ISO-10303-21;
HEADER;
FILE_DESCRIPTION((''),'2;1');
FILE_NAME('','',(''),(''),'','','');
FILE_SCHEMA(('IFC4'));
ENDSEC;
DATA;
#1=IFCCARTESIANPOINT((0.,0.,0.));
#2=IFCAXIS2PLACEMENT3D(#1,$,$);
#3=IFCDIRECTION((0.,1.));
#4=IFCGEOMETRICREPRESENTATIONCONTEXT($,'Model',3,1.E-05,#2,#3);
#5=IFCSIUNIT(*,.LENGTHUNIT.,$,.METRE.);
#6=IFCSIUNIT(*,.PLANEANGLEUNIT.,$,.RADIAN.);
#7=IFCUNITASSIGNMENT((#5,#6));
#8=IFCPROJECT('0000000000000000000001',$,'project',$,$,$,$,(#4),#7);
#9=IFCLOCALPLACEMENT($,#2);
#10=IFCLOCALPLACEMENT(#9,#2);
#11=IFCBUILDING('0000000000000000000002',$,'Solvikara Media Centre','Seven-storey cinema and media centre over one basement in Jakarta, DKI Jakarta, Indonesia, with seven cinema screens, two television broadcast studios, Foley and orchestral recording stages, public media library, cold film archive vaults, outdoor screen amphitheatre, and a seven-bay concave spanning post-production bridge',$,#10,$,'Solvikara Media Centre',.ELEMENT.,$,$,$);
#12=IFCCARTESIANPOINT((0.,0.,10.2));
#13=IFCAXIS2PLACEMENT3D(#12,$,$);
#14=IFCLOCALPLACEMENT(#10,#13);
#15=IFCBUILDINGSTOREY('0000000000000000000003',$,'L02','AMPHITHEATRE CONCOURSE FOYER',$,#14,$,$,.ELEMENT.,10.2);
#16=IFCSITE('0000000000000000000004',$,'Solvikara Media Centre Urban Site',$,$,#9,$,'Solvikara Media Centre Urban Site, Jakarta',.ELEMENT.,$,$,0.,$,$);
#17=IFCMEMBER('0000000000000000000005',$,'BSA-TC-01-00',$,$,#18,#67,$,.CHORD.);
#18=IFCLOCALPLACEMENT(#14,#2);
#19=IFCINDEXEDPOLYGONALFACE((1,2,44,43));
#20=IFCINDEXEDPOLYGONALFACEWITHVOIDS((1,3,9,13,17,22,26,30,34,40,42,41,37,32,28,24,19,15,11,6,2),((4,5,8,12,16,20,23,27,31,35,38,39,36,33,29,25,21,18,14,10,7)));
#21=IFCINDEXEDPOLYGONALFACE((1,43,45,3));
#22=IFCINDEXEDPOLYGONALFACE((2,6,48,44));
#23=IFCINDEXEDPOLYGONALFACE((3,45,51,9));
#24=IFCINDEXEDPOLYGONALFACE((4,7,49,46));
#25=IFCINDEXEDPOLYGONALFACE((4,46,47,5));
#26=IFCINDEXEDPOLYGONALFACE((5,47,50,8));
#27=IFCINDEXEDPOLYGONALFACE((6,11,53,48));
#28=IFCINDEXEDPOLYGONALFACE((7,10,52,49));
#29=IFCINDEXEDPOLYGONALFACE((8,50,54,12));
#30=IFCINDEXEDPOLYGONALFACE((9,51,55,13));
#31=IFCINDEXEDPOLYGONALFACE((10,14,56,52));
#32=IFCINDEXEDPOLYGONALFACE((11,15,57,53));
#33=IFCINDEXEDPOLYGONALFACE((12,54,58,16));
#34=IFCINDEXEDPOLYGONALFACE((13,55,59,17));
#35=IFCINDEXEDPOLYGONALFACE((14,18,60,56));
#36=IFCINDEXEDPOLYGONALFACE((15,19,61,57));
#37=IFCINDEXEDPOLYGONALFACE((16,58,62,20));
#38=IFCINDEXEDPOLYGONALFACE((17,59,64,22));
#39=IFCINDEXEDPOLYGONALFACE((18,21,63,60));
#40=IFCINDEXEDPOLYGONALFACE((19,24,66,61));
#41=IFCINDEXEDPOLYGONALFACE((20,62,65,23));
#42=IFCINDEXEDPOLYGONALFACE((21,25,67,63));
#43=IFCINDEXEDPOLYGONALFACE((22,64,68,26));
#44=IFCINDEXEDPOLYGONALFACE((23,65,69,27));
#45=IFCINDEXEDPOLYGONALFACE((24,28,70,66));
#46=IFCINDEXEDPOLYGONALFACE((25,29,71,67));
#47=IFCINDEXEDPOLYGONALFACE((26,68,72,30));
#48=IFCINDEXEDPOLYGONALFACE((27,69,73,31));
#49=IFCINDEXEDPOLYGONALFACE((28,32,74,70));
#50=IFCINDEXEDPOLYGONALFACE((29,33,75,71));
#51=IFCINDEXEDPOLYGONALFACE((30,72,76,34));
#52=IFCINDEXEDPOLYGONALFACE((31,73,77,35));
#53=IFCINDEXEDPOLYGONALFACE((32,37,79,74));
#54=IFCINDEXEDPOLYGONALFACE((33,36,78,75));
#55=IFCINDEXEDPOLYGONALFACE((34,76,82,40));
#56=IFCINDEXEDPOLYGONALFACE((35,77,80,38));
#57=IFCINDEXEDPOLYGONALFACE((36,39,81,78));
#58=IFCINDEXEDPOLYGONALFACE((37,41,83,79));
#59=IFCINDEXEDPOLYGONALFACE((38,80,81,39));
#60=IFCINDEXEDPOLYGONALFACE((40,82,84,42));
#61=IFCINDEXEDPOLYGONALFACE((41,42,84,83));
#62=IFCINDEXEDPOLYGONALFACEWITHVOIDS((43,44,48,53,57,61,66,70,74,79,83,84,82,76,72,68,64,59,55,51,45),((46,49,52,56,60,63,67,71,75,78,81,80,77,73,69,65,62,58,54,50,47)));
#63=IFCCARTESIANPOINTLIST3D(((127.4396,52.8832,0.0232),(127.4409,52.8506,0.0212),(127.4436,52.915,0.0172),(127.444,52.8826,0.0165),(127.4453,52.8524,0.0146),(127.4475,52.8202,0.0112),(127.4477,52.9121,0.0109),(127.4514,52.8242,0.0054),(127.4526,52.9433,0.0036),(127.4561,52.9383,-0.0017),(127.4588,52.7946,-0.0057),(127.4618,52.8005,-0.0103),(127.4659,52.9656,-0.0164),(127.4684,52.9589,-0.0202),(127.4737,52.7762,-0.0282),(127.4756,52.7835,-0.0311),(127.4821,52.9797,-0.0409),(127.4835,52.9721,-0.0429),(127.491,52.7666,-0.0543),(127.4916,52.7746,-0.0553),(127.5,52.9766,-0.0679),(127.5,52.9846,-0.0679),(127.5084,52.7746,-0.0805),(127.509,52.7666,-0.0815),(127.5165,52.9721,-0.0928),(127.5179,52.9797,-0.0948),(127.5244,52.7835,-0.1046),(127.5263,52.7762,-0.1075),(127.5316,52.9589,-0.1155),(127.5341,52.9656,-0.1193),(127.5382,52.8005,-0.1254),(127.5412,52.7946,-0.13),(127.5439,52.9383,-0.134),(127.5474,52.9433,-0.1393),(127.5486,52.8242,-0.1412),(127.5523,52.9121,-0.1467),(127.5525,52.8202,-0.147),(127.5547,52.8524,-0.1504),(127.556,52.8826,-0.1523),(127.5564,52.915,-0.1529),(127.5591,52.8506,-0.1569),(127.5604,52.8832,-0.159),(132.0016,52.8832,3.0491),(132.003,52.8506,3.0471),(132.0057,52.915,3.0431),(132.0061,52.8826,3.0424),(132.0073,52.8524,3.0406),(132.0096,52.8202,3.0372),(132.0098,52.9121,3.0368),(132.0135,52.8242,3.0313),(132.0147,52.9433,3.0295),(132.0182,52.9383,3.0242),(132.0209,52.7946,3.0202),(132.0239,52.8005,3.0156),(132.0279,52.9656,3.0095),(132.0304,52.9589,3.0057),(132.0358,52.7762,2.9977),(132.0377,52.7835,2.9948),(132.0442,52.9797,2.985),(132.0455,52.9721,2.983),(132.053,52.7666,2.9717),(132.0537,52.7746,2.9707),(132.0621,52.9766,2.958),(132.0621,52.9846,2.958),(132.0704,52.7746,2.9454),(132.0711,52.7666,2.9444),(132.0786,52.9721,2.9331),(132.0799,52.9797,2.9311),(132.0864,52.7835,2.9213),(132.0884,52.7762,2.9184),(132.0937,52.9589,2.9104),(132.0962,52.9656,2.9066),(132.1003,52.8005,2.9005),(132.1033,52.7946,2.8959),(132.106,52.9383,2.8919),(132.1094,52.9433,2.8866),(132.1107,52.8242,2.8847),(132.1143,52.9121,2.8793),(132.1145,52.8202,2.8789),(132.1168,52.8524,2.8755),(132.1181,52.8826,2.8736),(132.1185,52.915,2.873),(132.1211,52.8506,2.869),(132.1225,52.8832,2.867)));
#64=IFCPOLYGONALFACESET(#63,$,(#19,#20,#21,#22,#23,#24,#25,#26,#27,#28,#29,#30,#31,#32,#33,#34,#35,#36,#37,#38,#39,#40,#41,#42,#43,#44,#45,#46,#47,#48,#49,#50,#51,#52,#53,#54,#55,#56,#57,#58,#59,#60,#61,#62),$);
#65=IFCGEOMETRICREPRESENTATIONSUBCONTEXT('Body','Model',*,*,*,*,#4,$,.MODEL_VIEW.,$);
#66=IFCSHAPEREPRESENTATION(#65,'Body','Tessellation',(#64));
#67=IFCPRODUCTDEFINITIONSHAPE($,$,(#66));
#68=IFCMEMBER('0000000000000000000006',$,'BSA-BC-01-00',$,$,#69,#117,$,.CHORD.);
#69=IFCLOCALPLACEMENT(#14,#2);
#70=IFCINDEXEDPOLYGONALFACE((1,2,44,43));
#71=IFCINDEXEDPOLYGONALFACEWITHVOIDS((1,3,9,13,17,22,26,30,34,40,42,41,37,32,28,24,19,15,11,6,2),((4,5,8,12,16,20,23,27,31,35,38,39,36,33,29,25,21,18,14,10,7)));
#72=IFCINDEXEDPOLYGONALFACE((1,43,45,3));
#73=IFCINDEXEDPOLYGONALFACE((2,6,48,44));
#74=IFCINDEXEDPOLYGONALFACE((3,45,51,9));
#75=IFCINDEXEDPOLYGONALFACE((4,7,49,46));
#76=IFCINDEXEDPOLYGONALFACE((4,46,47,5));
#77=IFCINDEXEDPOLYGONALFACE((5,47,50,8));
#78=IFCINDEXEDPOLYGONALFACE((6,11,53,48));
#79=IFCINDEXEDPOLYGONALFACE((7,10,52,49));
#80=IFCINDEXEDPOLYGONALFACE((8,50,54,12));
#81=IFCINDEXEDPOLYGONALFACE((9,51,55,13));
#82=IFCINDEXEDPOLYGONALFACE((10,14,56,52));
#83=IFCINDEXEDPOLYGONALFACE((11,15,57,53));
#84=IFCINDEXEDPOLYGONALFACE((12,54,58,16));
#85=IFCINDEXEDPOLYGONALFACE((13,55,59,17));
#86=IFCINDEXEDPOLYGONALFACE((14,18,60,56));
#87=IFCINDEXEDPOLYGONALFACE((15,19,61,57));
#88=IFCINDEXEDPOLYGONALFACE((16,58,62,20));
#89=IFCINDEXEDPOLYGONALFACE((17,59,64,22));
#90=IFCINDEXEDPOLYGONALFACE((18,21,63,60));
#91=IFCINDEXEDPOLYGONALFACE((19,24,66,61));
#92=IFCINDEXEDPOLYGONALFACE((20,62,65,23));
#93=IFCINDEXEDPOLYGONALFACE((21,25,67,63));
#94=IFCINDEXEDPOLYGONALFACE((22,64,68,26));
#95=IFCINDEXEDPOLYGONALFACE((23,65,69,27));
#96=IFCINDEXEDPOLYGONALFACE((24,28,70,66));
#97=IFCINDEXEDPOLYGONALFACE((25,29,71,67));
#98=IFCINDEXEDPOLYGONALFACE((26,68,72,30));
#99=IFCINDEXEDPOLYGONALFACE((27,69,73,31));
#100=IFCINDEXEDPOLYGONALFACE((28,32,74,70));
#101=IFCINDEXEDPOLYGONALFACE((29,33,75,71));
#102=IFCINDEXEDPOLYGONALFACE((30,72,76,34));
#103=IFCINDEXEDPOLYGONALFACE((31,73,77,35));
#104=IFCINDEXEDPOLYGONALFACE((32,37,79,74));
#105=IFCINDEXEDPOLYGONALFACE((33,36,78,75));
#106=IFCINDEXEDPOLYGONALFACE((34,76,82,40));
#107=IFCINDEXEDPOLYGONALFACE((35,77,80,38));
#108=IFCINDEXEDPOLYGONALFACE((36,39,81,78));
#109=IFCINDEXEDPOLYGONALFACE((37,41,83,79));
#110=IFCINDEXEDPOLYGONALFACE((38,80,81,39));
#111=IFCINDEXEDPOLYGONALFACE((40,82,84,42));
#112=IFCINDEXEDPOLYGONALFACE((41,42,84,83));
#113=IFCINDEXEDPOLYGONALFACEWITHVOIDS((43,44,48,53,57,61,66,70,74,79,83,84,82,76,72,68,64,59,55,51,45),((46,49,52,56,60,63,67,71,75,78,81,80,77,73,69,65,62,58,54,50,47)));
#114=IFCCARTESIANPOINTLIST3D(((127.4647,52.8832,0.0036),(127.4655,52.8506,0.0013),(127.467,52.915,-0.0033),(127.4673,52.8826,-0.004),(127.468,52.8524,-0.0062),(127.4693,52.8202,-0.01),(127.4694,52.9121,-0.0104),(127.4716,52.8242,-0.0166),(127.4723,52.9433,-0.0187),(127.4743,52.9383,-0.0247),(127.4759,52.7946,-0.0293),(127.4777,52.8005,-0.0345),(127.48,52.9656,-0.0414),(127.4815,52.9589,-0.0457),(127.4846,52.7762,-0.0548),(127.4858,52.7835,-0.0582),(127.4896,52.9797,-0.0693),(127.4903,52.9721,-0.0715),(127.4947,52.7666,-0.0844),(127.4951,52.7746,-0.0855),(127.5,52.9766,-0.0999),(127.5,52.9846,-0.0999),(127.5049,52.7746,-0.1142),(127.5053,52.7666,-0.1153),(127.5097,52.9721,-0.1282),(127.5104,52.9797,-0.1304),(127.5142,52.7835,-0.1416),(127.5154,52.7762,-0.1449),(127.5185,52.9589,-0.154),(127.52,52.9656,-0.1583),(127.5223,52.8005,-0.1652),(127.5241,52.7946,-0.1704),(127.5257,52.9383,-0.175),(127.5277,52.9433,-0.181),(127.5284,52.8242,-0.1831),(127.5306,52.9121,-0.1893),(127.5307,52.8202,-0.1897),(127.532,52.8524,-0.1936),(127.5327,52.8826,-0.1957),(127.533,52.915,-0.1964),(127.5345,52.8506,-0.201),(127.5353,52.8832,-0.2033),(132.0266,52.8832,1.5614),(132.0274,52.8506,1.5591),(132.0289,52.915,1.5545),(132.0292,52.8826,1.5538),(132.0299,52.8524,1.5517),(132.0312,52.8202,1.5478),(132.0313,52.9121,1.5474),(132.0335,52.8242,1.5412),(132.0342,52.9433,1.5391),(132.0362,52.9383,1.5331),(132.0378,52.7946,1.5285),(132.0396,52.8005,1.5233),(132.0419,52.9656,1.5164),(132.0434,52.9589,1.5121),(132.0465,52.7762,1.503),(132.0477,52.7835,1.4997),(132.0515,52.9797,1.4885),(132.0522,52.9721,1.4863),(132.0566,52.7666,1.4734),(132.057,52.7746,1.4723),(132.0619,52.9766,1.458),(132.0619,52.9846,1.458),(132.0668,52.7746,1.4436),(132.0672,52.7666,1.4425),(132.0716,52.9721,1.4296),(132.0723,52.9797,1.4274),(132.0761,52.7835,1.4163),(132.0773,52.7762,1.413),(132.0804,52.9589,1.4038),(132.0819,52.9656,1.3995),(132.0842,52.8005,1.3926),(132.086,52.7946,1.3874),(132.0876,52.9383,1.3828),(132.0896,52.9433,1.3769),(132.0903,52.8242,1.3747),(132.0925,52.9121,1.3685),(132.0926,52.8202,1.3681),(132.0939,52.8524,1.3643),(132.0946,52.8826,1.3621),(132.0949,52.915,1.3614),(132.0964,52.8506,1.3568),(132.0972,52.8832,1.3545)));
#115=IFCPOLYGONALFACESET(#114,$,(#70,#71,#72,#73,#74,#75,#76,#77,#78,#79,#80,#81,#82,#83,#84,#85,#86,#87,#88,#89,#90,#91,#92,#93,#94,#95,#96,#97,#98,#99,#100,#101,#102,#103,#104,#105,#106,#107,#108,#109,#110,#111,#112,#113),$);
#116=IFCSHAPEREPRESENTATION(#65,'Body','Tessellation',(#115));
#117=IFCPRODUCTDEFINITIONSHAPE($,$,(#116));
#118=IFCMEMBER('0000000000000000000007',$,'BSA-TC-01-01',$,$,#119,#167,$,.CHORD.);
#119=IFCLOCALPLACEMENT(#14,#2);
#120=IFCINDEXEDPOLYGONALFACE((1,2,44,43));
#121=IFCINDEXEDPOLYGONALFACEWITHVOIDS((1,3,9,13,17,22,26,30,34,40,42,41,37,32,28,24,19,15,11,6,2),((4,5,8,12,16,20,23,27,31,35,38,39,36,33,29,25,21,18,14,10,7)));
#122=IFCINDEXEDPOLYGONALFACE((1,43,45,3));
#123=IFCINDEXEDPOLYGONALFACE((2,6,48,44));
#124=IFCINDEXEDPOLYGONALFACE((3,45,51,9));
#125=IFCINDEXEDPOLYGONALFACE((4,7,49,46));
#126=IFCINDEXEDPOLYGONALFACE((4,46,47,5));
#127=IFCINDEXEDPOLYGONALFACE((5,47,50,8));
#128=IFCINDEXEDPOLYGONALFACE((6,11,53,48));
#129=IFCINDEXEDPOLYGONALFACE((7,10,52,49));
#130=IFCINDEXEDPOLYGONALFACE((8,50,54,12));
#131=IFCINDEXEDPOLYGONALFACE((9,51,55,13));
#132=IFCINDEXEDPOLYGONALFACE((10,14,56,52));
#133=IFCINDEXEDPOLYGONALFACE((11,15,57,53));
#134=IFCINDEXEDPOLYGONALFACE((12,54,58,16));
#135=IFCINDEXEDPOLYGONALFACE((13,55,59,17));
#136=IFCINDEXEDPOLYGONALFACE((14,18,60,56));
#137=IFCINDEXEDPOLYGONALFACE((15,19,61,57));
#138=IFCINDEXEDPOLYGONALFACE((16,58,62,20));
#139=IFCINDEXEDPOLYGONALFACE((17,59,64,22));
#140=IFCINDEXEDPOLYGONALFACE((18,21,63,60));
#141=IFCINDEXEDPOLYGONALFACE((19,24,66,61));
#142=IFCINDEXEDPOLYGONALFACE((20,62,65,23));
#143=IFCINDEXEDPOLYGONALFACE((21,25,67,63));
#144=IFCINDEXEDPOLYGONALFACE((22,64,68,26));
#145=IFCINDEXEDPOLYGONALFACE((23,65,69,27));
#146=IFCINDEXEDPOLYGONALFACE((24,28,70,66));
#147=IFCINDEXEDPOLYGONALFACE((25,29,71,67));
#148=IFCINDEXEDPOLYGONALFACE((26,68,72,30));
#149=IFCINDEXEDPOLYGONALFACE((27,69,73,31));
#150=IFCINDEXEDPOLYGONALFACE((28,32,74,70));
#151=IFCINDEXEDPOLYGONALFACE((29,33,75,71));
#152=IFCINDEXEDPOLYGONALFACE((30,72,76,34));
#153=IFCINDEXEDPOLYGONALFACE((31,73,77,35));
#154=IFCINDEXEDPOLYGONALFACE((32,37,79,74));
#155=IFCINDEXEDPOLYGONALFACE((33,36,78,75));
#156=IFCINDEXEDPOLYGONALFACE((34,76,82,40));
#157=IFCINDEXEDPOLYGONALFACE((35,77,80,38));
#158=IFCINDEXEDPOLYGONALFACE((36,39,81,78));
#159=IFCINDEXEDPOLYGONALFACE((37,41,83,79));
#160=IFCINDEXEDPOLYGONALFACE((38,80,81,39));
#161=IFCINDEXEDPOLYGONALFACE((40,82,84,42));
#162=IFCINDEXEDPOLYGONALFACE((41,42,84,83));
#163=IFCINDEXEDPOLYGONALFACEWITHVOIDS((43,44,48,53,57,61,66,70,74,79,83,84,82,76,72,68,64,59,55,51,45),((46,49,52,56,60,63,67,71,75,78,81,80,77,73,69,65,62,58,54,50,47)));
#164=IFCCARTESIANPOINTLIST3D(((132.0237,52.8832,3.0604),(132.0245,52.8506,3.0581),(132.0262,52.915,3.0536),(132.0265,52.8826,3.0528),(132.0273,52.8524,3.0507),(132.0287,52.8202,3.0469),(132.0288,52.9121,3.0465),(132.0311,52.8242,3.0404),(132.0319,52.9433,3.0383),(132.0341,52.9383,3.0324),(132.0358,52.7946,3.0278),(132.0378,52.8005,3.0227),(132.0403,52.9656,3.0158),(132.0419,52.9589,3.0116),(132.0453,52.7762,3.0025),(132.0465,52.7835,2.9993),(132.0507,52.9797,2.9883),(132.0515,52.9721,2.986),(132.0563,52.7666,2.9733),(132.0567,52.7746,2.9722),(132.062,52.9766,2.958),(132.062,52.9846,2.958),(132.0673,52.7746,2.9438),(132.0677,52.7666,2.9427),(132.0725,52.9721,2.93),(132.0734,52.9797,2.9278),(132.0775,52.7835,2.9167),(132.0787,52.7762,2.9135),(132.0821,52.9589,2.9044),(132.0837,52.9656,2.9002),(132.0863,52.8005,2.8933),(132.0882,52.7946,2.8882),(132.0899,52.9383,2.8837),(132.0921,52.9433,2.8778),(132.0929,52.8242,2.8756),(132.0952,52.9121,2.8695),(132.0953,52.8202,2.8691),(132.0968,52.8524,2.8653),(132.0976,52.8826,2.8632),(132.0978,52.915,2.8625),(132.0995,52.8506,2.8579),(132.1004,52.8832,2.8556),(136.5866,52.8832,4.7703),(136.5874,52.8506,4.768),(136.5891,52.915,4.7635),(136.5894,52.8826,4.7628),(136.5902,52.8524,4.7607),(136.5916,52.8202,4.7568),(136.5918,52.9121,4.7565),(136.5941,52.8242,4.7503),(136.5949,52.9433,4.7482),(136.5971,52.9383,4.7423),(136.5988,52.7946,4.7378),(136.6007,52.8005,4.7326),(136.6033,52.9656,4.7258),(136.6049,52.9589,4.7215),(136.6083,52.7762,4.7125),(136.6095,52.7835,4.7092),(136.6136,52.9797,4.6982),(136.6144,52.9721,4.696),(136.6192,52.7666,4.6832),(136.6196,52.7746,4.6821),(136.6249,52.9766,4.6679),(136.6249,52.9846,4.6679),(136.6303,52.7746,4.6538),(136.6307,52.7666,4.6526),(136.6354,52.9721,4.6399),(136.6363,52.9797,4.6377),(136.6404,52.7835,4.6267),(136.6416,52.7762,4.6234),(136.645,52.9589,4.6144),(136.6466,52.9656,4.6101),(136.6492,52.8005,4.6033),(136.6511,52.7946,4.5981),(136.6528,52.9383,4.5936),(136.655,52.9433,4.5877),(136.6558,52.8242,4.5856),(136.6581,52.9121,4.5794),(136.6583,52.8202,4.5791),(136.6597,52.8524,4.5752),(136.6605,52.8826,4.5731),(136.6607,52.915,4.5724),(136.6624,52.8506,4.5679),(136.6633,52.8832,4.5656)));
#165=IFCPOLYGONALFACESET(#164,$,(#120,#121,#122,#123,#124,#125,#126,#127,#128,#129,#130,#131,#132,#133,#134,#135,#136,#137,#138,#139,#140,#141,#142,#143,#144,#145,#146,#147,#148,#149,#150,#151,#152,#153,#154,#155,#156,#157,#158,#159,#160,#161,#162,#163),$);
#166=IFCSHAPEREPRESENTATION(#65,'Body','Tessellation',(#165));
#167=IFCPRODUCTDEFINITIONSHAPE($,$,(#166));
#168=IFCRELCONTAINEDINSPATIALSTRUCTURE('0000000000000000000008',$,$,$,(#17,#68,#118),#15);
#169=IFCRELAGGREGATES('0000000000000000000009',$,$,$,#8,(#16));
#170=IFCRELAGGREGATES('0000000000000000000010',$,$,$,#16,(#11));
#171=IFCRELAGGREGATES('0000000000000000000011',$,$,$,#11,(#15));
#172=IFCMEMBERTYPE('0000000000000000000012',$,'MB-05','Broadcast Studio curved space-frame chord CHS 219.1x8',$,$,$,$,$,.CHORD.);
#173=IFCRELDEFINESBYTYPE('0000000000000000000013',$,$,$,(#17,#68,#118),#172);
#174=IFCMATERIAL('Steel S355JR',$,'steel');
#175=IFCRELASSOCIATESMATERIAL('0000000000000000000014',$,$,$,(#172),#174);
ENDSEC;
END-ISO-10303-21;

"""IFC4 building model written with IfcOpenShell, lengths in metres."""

from ifc_helpers import new_model, si_unit, direction, frame, origin, origin_2d, place, context, subcontext, project, spatial, hollow_circle, extrude, material, material_profile, profile_set, type_object, element, save


model = new_model("IFC4")

# Units and contexts
model_context = context("Model", 3, precision=1e-05, world=origin(), true_north=direction((0.0, 1.0)))
body_context = subcontext(model_context, "Body", "Model", "MODEL_VIEW")
ifc_project = project(units=[si_unit("LENGTHUNIT", "METRE"), si_unit("PLANEANGLEUNIT", "RADIAN")], contexts=[model_context])

# Site, building, storey
site_placement = place(None, origin())
site = spatial("IfcSite", under=ifc_project, at=site_placement, Name="Solvikara Media Centre Urban Site", LongName="Solvikara Media Centre Urban Site, Jakarta", CompositionType="ELEMENT", RefElevation=0.0)
building_placement = place(site_placement, origin())
building = spatial("IfcBuilding", under=site, at=building_placement, Name="Solvikara Media Centre", Description="Seven-storey cinema and media centre over one basement in Jakarta, DKI Jakarta, Indonesia, with seven cinema screens, two television broadcast studios, Foley and orchestral recording stages, public media library, cold film archive vaults, outdoor screen amphitheatre, and a seven-bay concave spanning post-production bridge", LongName="Solvikara Media Centre", CompositionType="ELEMENT")
storey_placement = place(building_placement, frame((0.0, 0.0, 10.2)))
storey = spatial("IfcBuildingStorey", under=building, at=storey_placement, Name="L02", Description="AMPHITHEATRE CONCOURSE FOYER", CompositionType="ELEMENT", Elevation=10.2)

# Members
ifc_material_1 = material(Name="Steel S355JR", Category="steel")
ifc_material_profile_1 = material_profile(ifc_material_1, hollow_circle(Radius=0.1096, WallThickness=0.0081, at=origin_2d()), Name="CHS 219.1x8")
ifc_profile_set_1 = profile_set([ifc_material_profile_1], Name="Steel S355JR")
member_type_1 = type_object("IfcMemberType", Name="MB-05", Description="Broadcast Studio curved space-frame chord CHS 219.1x8", PredefinedType="CHORD", material=ifc_profile_set_1)
member_1_placement = place(storey_placement, frame((127.5, 52.875, -0.0679), z_axis=(0.833352, 0.0, 0.552743), x_axis=(0.0, 1.0, 0.0)))
element("IfcMember", 1, at=member_1_placement, inside=storey, type_object=member_type_1, Name="BSA-TC-01-00", PredefinedType="CHORD", context=body_context, shape_type="SweptSolid", body=[
    extrude(hollow_circle(Radius=0.1096, WallThickness=0.0081, at=origin_2d()), origin(), (0.0, 0.0, 1.0), 5.4744),
])
member_2_placement = place(storey_placement, frame((127.5, 52.875, -0.0999), z_axis=(0.946343, 0.0, 0.323163), x_axis=(0.0, 1.0, 0.0)))
element("IfcMember", 2, at=member_2_placement, inside=storey, type_object=member_type_1, Name="BSA-BC-01-00", PredefinedType="CHORD", context=body_context, shape_type="SweptSolid", body=[
    extrude(hollow_circle(Radius=0.1096, WallThickness=0.0081, at=origin_2d()), origin(), (0.0, 0.0, 1.0), 4.8206),
])
for number, where, z_axis, x_axis, name in (
    (3, (132.062, 52.875, 2.958), (0.936407, 0.0, 0.350915), (0.0, 1.0, 0.0), "BSA-TC-01-01"),
):
    element("IfcMember", number, at=place(storey_placement, frame(where, z_axis=z_axis, x_axis=x_axis)), inside=storey, type_object=member_type_1, Name=name, PredefinedType="CHORD", context=body_context, shape_type="SweptSolid", body=[
        extrude(hollow_circle(Radius=0.1096, WallThickness=0.0081, at=origin_2d()), origin(), (0.0, 0.0, 1.0), 4.8728),
    ])

save(model, "model.ifc")
